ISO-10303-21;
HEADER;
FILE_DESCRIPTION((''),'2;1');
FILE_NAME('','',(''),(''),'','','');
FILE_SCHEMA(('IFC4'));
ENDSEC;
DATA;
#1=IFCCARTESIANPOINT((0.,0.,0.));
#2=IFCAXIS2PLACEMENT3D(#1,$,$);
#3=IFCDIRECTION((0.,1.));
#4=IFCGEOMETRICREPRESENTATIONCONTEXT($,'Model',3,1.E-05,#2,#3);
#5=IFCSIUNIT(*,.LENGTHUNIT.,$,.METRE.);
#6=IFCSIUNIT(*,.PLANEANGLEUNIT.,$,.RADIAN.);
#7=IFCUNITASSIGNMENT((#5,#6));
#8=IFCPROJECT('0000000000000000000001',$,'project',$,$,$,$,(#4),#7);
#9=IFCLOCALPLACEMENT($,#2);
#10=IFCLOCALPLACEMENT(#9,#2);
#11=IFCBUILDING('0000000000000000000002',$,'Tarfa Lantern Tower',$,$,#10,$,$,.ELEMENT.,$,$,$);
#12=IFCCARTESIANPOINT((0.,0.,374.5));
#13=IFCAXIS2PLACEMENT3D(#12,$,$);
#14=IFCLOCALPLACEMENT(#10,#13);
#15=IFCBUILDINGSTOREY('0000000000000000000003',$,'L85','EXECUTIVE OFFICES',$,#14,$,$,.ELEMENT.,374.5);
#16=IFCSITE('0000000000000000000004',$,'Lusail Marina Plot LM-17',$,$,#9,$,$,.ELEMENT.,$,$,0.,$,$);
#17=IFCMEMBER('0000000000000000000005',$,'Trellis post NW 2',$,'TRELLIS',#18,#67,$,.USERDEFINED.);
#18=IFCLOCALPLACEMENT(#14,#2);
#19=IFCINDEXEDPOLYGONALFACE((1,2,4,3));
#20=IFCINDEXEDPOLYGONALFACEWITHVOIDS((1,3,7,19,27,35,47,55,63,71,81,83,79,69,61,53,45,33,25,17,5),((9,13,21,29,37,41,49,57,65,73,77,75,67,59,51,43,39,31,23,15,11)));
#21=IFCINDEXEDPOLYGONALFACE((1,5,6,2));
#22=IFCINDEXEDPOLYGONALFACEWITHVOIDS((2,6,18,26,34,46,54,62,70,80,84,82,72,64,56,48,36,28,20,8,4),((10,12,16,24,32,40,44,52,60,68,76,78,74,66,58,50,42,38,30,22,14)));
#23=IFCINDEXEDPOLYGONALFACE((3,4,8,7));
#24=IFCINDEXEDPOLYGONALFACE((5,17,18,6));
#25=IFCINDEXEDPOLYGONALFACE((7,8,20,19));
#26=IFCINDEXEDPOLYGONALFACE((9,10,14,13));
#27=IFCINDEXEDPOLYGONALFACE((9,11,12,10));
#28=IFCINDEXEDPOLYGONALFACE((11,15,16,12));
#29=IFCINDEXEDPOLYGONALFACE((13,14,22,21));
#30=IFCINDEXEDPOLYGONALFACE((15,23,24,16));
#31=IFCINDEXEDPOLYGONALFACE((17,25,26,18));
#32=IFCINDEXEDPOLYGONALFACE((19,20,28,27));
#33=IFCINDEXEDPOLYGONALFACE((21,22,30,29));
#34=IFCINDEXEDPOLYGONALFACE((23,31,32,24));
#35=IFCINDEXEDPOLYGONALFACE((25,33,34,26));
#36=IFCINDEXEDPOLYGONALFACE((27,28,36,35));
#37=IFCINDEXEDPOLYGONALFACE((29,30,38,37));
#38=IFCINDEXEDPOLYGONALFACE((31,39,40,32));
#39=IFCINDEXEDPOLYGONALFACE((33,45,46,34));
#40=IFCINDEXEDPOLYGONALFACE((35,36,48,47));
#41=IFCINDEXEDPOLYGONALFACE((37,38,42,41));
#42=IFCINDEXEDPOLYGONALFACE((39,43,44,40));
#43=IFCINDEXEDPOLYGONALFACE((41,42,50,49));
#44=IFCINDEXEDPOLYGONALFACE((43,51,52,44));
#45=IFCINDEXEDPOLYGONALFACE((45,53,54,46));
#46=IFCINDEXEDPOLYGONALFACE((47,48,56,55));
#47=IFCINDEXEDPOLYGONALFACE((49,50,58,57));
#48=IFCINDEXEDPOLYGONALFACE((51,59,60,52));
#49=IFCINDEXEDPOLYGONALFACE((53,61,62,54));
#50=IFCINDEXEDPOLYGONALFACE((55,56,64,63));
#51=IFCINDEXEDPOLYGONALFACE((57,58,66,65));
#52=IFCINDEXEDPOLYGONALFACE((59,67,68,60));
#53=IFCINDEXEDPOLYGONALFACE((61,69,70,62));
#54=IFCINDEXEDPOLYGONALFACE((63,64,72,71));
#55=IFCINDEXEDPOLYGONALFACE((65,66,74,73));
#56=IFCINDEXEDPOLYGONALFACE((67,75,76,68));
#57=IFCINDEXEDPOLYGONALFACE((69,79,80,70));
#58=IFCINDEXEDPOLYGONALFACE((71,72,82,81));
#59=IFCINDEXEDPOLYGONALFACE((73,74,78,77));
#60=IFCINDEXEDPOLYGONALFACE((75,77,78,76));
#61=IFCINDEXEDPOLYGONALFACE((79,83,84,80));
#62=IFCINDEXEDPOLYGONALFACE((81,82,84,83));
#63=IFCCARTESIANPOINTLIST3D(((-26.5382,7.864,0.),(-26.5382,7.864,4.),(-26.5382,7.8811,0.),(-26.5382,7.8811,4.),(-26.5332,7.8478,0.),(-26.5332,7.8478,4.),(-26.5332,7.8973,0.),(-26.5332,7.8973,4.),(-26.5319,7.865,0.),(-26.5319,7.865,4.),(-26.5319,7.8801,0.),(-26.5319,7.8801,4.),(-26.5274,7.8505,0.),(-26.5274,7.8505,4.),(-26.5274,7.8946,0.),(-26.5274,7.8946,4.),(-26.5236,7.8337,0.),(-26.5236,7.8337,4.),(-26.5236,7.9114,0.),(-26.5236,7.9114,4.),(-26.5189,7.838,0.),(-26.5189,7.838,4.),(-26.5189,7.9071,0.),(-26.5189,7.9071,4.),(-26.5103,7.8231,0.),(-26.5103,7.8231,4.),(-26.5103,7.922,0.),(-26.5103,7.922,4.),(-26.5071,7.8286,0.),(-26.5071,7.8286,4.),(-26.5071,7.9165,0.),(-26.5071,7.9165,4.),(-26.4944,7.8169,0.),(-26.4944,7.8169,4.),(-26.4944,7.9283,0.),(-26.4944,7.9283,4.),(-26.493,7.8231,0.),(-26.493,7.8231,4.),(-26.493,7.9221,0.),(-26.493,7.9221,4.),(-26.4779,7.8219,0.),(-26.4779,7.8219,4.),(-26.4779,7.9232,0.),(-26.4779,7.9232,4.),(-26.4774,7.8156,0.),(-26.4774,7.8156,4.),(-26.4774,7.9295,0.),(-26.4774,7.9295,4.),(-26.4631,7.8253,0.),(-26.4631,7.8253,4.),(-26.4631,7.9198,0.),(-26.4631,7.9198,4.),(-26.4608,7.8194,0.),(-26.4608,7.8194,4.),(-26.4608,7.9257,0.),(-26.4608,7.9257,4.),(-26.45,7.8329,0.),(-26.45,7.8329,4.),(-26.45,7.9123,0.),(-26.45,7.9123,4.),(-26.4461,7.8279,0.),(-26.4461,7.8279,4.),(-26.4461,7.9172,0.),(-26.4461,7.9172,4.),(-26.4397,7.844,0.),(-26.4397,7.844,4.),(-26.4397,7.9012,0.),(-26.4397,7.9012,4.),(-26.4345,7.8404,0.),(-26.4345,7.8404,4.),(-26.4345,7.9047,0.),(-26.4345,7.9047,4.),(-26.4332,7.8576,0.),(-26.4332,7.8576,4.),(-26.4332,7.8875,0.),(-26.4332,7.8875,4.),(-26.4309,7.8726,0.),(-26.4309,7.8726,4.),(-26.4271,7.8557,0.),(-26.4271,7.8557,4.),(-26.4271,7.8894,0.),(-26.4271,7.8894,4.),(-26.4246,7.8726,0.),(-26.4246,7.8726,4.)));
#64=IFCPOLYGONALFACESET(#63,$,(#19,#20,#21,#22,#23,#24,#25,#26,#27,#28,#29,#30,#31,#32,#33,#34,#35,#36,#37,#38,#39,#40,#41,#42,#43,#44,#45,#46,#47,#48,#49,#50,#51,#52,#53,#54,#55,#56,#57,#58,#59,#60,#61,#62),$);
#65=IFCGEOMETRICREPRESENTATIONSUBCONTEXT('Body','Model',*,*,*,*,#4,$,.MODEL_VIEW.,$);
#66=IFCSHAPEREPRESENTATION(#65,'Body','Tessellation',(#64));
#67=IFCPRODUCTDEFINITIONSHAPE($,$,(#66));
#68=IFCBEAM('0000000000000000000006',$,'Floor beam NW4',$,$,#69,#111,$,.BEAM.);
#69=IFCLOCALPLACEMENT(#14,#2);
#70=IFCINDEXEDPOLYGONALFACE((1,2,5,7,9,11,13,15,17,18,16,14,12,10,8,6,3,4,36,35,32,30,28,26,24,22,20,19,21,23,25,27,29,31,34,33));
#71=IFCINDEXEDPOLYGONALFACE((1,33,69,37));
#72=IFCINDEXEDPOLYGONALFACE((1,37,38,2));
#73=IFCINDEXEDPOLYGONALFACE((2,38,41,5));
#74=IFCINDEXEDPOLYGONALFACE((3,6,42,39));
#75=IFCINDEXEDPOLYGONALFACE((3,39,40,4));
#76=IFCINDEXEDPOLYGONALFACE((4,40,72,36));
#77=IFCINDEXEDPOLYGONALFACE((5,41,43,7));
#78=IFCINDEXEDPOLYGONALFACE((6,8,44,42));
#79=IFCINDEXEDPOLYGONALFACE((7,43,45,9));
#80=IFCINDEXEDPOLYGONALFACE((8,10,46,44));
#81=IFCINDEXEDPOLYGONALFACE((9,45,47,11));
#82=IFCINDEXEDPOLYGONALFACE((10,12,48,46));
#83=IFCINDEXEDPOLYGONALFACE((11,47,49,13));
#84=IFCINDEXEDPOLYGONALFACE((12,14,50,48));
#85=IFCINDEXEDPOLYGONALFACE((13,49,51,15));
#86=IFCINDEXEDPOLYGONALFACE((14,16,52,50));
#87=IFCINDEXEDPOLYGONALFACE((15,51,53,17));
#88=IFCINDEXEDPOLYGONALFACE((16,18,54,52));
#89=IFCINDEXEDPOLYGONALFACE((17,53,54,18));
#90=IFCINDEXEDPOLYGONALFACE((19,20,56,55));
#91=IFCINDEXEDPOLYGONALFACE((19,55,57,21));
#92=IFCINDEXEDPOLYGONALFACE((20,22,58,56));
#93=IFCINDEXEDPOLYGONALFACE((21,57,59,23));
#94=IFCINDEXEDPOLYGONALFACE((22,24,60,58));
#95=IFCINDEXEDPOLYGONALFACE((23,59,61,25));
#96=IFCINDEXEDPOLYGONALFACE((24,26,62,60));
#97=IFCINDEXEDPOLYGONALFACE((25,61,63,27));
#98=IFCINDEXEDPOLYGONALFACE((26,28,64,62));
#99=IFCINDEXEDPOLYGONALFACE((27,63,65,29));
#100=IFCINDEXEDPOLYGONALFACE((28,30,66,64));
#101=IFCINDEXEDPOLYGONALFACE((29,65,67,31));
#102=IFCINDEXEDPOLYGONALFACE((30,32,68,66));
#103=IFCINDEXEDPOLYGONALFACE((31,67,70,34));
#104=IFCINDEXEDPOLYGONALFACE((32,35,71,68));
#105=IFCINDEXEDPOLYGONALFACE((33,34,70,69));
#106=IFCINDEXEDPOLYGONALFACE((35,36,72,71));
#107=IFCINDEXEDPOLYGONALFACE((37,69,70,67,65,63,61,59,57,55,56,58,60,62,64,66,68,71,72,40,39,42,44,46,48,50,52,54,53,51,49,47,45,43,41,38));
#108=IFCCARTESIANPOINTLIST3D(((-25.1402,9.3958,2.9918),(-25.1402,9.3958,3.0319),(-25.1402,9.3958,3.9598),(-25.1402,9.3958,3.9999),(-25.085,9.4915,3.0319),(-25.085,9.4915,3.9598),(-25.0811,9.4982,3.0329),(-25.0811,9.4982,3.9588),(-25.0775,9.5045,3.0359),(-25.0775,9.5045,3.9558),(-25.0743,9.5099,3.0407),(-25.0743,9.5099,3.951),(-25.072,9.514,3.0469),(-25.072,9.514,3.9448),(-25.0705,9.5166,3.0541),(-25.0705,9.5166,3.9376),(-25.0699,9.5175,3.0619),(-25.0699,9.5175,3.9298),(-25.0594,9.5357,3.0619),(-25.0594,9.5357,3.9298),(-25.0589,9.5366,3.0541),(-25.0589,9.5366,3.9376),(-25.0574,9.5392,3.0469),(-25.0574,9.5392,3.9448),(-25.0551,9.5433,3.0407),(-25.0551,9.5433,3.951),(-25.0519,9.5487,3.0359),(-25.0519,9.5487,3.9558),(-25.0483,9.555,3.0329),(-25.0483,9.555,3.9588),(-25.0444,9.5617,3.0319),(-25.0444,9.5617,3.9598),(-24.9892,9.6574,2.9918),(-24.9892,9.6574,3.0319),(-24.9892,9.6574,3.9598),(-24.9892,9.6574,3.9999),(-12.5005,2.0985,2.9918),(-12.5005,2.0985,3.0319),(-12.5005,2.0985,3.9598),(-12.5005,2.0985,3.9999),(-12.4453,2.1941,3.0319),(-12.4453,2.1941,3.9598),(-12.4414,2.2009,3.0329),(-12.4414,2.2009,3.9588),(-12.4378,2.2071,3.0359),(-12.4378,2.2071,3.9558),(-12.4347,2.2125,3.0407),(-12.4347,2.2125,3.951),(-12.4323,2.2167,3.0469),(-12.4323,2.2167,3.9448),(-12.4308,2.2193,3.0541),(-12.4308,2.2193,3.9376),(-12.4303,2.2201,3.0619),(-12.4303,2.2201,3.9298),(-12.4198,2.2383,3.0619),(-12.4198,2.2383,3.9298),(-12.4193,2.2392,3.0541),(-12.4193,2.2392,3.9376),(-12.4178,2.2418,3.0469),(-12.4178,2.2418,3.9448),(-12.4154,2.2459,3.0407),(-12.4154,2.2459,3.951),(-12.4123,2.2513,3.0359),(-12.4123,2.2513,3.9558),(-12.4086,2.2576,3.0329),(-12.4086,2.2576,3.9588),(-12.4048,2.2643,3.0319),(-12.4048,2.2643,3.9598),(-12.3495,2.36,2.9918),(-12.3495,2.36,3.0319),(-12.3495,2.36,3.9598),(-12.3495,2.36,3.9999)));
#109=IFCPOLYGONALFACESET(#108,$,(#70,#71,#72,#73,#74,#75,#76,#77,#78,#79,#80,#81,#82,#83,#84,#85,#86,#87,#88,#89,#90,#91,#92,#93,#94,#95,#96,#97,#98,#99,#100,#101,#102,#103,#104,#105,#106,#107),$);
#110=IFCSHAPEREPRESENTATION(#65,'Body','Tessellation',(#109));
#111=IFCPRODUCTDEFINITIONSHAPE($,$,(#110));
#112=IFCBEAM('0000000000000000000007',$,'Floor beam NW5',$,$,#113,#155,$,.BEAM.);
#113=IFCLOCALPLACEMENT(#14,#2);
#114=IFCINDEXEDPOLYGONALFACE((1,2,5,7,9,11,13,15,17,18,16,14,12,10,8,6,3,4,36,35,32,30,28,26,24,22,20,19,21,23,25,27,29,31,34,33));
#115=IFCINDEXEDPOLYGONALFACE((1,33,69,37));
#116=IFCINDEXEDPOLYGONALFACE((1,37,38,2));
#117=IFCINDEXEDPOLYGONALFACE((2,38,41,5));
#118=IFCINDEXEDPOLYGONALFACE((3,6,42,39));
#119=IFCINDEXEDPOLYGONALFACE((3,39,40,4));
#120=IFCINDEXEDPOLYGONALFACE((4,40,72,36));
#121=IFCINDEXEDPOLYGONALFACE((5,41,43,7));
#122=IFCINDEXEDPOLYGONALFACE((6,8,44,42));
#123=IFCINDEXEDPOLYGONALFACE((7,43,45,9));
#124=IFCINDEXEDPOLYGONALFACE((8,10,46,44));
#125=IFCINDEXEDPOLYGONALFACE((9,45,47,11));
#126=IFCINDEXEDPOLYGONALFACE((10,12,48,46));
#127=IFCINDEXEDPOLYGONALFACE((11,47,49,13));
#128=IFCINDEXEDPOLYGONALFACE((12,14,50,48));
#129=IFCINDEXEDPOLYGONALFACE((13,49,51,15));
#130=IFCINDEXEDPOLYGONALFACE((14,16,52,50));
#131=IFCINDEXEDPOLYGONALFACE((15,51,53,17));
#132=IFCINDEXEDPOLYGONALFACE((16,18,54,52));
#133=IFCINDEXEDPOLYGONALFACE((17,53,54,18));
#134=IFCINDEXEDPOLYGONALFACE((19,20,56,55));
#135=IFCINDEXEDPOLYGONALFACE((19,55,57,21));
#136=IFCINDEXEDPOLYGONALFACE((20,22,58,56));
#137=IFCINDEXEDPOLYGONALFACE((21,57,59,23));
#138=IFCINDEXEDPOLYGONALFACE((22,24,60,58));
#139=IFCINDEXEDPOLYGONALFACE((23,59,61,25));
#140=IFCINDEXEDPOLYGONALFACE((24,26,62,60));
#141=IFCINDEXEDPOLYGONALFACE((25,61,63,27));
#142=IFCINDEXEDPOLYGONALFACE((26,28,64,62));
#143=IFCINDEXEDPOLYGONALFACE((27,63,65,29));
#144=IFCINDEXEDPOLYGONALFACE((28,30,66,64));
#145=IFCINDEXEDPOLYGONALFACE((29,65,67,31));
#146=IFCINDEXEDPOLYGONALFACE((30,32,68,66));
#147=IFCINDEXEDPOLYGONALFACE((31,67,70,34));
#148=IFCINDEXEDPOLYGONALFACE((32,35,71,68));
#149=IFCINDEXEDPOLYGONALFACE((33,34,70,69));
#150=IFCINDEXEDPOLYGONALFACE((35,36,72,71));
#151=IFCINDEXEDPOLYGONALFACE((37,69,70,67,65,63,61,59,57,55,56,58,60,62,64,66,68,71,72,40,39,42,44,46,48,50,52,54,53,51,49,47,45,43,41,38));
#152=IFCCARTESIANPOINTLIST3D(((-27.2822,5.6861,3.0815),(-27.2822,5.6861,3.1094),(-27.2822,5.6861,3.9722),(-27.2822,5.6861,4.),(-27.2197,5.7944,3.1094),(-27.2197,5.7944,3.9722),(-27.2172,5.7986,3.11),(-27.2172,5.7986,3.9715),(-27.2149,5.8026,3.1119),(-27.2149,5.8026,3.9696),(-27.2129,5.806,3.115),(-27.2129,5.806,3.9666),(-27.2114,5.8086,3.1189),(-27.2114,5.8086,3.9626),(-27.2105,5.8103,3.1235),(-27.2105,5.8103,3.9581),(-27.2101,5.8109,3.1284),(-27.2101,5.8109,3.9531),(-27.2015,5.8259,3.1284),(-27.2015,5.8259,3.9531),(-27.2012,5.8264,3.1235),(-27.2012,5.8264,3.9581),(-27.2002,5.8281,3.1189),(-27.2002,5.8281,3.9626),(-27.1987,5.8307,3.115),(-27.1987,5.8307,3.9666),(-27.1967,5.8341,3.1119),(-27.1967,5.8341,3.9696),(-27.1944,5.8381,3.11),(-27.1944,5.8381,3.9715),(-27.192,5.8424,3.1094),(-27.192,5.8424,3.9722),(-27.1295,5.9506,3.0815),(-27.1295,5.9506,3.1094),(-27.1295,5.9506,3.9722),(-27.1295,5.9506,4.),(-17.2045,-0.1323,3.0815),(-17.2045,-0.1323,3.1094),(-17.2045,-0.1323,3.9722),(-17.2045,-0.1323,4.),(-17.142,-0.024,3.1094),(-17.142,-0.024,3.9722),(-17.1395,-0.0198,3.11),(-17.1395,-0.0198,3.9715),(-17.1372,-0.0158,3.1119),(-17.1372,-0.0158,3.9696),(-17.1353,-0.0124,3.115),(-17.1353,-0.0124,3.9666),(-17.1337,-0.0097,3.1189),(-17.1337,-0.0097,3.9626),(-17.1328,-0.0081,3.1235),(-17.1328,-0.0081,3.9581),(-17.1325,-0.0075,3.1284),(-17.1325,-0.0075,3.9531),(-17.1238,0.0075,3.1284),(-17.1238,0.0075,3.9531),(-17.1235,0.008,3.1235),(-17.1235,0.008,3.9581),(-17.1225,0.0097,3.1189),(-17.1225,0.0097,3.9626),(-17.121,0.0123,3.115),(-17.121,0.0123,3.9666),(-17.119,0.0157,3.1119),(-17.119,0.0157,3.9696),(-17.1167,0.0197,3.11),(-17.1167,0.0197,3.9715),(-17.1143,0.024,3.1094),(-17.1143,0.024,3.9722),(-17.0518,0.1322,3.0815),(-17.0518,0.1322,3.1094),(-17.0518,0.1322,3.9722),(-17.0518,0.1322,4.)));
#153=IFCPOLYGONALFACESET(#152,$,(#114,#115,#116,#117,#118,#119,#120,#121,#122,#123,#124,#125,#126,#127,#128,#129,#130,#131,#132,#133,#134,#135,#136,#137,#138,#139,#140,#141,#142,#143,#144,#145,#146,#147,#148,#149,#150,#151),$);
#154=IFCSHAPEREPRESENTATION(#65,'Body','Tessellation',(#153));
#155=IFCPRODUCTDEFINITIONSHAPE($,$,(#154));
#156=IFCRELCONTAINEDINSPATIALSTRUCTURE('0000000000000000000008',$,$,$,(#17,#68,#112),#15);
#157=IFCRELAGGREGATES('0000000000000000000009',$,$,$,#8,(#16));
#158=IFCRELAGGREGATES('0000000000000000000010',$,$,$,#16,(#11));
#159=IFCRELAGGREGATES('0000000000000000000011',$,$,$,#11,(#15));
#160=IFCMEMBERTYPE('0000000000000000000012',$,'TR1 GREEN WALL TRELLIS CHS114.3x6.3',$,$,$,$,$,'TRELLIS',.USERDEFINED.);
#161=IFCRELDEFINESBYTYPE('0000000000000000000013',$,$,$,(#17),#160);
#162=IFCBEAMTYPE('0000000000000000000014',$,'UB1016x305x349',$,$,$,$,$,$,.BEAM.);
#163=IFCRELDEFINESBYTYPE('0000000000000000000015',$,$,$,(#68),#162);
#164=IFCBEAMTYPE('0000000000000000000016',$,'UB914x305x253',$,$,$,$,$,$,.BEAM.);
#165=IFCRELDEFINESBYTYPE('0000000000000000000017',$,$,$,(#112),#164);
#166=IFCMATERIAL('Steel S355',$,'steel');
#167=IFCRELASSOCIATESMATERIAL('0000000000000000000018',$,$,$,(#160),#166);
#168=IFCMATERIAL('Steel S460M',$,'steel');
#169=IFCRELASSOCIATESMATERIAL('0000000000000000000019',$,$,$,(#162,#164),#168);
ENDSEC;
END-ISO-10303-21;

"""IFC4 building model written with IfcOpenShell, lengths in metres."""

from ifc_helpers import new_model, si_unit, direction, frame, origin, origin_2d, place, context, subcontext, project, spatial, hollow_circle, i_section, extrude, material, material_profile, profile_set, type_object, element, save


model = new_model("IFC4")

# Units and contexts
model_context = context("Model", 3, precision=1e-05, world=origin(), true_north=direction((0.0, 1.0)))
body_context = subcontext(model_context, "Body", "Model", "MODEL_VIEW")
ifc_project = project(units=[si_unit("LENGTHUNIT", "METRE"), si_unit("PLANEANGLEUNIT", "RADIAN")], contexts=[model_context])

# Site, building, storey
site_placement = place(None, origin())
site = spatial("IfcSite", under=ifc_project, at=site_placement, Name="Lusail Marina Plot LM-17", CompositionType="ELEMENT", RefElevation=0.0)
building_placement = place(site_placement, origin())
building = spatial("IfcBuilding", under=site, at=building_placement, Name="Tarfa Lantern Tower", CompositionType="ELEMENT")
storey_placement = place(building_placement, frame((0.0, 0.0, 374.5)))
storey = spatial("IfcBuildingStorey", under=building, at=storey_placement, Name="L85", Description="EXECUTIVE OFFICES", CompositionType="ELEMENT", Elevation=374.5)

# Member
ifc_material_1 = material(Name="Steel S355", Category="steel")
ifc_material_profile_1 = material_profile(ifc_material_1, hollow_circle(Radius=0.0571, WallThickness=0.0063, at=origin_2d()), Name="CHS114.3x6.3")
ifc_profile_set_1 = profile_set([ifc_material_profile_1], Name="Steel S355")
member_type_1 = type_object("IfcMemberType", Name="TR1 GREEN WALL TRELLIS CHS114.3x6.3", ElementType="TRELLIS", PredefinedType="USERDEFINED", material=ifc_profile_set_1)
member_1_placement = place(storey_placement, frame((-26.4817, 7.8726, 0.0), z_axis=(0.0, 0.0, 1.0), x_axis=(1.0, 0.0, 0.0)))
element("IfcMember", 1, at=member_1_placement, inside=storey, type_object=member_type_1, Name="Trellis post NW 2", ObjectType="TRELLIS", PredefinedType="USERDEFINED", context=body_context, shape_type="SweptSolid", body=[
    extrude(hollow_circle(Radius=0.0571, WallThickness=0.0063, at=origin_2d()), origin(), (0.0, 0.0, 1.0), 4.0),
])

# Beams
ifc_material_2 = material(Name="Steel S460M", Category="steel")
ifc_material_profile_2 = material_profile(ifc_material_2, i_section(OverallWidth=0.302, OverallDepth=1.0081, WebThickness=0.021, FlangeThickness=0.04, FilletRadius=0.03, at=origin_2d()), Name="UB1016x305x349")
ifc_profile_set_2 = profile_set([ifc_material_profile_2], Name="Steel S460M")
beam_type_1 = type_object("IfcBeamType", Name="UB1016x305x349", PredefinedType="BEAM", material=ifc_profile_set_2)
beam_1_placement = place(storey_placement, frame((-25.0647, 9.5266, 3.4958), z_axis=(0.86603, -0.499993, 0.0), x_axis=(0.499993, 0.86603, 0.0)))
element("IfcBeam", 2, at=beam_1_placement, inside=storey, type_object=beam_type_1, Name="Floor beam NW4", PredefinedType="BEAM", context=body_context, shape_type="SweptSolid", body=[
    extrude(i_section(OverallWidth=0.302, OverallDepth=1.0081, WebThickness=0.021, FlangeThickness=0.04, FilletRadius=0.03, at=origin_2d()), origin(), (0.0, 0.0, 1.0), 14.595),
])
ifc_material_profile_3 = material_profile(ifc_material_2, i_section(OverallWidth=0.3054, OverallDepth=0.9185, WebThickness=0.0173, FlangeThickness=0.0278, FilletRadius=0.019, at=origin_2d()), Name="UB914x305x253")
ifc_profile_set_3 = profile_set([ifc_material_profile_3], Name="Steel S460M")
beam_type_2 = type_object("IfcBeamType", Name="UB914x305x253", PredefinedType="BEAM", material=ifc_profile_set_3)
beam_2_placement = place(storey_placement, frame((-27.2058, 5.8184, 3.5408), z_axis=(0.866024, -0.500002, 0.0), x_axis=(0.500002, 0.866024, 0.0)))
element("IfcBeam", 3, at=beam_2_placement, inside=storey, type_object=beam_type_2, Name="Floor beam NW5", PredefinedType="BEAM", context=body_context, shape_type="SweptSolid", body=[
    extrude(i_section(OverallWidth=0.3054, OverallDepth=0.9185, WebThickness=0.0173, FlangeThickness=0.0278, FilletRadius=0.019, at=origin_2d()), origin(), (0.0, 0.0, 1.0), 11.6367),
])

save(model, "model.ifc")
